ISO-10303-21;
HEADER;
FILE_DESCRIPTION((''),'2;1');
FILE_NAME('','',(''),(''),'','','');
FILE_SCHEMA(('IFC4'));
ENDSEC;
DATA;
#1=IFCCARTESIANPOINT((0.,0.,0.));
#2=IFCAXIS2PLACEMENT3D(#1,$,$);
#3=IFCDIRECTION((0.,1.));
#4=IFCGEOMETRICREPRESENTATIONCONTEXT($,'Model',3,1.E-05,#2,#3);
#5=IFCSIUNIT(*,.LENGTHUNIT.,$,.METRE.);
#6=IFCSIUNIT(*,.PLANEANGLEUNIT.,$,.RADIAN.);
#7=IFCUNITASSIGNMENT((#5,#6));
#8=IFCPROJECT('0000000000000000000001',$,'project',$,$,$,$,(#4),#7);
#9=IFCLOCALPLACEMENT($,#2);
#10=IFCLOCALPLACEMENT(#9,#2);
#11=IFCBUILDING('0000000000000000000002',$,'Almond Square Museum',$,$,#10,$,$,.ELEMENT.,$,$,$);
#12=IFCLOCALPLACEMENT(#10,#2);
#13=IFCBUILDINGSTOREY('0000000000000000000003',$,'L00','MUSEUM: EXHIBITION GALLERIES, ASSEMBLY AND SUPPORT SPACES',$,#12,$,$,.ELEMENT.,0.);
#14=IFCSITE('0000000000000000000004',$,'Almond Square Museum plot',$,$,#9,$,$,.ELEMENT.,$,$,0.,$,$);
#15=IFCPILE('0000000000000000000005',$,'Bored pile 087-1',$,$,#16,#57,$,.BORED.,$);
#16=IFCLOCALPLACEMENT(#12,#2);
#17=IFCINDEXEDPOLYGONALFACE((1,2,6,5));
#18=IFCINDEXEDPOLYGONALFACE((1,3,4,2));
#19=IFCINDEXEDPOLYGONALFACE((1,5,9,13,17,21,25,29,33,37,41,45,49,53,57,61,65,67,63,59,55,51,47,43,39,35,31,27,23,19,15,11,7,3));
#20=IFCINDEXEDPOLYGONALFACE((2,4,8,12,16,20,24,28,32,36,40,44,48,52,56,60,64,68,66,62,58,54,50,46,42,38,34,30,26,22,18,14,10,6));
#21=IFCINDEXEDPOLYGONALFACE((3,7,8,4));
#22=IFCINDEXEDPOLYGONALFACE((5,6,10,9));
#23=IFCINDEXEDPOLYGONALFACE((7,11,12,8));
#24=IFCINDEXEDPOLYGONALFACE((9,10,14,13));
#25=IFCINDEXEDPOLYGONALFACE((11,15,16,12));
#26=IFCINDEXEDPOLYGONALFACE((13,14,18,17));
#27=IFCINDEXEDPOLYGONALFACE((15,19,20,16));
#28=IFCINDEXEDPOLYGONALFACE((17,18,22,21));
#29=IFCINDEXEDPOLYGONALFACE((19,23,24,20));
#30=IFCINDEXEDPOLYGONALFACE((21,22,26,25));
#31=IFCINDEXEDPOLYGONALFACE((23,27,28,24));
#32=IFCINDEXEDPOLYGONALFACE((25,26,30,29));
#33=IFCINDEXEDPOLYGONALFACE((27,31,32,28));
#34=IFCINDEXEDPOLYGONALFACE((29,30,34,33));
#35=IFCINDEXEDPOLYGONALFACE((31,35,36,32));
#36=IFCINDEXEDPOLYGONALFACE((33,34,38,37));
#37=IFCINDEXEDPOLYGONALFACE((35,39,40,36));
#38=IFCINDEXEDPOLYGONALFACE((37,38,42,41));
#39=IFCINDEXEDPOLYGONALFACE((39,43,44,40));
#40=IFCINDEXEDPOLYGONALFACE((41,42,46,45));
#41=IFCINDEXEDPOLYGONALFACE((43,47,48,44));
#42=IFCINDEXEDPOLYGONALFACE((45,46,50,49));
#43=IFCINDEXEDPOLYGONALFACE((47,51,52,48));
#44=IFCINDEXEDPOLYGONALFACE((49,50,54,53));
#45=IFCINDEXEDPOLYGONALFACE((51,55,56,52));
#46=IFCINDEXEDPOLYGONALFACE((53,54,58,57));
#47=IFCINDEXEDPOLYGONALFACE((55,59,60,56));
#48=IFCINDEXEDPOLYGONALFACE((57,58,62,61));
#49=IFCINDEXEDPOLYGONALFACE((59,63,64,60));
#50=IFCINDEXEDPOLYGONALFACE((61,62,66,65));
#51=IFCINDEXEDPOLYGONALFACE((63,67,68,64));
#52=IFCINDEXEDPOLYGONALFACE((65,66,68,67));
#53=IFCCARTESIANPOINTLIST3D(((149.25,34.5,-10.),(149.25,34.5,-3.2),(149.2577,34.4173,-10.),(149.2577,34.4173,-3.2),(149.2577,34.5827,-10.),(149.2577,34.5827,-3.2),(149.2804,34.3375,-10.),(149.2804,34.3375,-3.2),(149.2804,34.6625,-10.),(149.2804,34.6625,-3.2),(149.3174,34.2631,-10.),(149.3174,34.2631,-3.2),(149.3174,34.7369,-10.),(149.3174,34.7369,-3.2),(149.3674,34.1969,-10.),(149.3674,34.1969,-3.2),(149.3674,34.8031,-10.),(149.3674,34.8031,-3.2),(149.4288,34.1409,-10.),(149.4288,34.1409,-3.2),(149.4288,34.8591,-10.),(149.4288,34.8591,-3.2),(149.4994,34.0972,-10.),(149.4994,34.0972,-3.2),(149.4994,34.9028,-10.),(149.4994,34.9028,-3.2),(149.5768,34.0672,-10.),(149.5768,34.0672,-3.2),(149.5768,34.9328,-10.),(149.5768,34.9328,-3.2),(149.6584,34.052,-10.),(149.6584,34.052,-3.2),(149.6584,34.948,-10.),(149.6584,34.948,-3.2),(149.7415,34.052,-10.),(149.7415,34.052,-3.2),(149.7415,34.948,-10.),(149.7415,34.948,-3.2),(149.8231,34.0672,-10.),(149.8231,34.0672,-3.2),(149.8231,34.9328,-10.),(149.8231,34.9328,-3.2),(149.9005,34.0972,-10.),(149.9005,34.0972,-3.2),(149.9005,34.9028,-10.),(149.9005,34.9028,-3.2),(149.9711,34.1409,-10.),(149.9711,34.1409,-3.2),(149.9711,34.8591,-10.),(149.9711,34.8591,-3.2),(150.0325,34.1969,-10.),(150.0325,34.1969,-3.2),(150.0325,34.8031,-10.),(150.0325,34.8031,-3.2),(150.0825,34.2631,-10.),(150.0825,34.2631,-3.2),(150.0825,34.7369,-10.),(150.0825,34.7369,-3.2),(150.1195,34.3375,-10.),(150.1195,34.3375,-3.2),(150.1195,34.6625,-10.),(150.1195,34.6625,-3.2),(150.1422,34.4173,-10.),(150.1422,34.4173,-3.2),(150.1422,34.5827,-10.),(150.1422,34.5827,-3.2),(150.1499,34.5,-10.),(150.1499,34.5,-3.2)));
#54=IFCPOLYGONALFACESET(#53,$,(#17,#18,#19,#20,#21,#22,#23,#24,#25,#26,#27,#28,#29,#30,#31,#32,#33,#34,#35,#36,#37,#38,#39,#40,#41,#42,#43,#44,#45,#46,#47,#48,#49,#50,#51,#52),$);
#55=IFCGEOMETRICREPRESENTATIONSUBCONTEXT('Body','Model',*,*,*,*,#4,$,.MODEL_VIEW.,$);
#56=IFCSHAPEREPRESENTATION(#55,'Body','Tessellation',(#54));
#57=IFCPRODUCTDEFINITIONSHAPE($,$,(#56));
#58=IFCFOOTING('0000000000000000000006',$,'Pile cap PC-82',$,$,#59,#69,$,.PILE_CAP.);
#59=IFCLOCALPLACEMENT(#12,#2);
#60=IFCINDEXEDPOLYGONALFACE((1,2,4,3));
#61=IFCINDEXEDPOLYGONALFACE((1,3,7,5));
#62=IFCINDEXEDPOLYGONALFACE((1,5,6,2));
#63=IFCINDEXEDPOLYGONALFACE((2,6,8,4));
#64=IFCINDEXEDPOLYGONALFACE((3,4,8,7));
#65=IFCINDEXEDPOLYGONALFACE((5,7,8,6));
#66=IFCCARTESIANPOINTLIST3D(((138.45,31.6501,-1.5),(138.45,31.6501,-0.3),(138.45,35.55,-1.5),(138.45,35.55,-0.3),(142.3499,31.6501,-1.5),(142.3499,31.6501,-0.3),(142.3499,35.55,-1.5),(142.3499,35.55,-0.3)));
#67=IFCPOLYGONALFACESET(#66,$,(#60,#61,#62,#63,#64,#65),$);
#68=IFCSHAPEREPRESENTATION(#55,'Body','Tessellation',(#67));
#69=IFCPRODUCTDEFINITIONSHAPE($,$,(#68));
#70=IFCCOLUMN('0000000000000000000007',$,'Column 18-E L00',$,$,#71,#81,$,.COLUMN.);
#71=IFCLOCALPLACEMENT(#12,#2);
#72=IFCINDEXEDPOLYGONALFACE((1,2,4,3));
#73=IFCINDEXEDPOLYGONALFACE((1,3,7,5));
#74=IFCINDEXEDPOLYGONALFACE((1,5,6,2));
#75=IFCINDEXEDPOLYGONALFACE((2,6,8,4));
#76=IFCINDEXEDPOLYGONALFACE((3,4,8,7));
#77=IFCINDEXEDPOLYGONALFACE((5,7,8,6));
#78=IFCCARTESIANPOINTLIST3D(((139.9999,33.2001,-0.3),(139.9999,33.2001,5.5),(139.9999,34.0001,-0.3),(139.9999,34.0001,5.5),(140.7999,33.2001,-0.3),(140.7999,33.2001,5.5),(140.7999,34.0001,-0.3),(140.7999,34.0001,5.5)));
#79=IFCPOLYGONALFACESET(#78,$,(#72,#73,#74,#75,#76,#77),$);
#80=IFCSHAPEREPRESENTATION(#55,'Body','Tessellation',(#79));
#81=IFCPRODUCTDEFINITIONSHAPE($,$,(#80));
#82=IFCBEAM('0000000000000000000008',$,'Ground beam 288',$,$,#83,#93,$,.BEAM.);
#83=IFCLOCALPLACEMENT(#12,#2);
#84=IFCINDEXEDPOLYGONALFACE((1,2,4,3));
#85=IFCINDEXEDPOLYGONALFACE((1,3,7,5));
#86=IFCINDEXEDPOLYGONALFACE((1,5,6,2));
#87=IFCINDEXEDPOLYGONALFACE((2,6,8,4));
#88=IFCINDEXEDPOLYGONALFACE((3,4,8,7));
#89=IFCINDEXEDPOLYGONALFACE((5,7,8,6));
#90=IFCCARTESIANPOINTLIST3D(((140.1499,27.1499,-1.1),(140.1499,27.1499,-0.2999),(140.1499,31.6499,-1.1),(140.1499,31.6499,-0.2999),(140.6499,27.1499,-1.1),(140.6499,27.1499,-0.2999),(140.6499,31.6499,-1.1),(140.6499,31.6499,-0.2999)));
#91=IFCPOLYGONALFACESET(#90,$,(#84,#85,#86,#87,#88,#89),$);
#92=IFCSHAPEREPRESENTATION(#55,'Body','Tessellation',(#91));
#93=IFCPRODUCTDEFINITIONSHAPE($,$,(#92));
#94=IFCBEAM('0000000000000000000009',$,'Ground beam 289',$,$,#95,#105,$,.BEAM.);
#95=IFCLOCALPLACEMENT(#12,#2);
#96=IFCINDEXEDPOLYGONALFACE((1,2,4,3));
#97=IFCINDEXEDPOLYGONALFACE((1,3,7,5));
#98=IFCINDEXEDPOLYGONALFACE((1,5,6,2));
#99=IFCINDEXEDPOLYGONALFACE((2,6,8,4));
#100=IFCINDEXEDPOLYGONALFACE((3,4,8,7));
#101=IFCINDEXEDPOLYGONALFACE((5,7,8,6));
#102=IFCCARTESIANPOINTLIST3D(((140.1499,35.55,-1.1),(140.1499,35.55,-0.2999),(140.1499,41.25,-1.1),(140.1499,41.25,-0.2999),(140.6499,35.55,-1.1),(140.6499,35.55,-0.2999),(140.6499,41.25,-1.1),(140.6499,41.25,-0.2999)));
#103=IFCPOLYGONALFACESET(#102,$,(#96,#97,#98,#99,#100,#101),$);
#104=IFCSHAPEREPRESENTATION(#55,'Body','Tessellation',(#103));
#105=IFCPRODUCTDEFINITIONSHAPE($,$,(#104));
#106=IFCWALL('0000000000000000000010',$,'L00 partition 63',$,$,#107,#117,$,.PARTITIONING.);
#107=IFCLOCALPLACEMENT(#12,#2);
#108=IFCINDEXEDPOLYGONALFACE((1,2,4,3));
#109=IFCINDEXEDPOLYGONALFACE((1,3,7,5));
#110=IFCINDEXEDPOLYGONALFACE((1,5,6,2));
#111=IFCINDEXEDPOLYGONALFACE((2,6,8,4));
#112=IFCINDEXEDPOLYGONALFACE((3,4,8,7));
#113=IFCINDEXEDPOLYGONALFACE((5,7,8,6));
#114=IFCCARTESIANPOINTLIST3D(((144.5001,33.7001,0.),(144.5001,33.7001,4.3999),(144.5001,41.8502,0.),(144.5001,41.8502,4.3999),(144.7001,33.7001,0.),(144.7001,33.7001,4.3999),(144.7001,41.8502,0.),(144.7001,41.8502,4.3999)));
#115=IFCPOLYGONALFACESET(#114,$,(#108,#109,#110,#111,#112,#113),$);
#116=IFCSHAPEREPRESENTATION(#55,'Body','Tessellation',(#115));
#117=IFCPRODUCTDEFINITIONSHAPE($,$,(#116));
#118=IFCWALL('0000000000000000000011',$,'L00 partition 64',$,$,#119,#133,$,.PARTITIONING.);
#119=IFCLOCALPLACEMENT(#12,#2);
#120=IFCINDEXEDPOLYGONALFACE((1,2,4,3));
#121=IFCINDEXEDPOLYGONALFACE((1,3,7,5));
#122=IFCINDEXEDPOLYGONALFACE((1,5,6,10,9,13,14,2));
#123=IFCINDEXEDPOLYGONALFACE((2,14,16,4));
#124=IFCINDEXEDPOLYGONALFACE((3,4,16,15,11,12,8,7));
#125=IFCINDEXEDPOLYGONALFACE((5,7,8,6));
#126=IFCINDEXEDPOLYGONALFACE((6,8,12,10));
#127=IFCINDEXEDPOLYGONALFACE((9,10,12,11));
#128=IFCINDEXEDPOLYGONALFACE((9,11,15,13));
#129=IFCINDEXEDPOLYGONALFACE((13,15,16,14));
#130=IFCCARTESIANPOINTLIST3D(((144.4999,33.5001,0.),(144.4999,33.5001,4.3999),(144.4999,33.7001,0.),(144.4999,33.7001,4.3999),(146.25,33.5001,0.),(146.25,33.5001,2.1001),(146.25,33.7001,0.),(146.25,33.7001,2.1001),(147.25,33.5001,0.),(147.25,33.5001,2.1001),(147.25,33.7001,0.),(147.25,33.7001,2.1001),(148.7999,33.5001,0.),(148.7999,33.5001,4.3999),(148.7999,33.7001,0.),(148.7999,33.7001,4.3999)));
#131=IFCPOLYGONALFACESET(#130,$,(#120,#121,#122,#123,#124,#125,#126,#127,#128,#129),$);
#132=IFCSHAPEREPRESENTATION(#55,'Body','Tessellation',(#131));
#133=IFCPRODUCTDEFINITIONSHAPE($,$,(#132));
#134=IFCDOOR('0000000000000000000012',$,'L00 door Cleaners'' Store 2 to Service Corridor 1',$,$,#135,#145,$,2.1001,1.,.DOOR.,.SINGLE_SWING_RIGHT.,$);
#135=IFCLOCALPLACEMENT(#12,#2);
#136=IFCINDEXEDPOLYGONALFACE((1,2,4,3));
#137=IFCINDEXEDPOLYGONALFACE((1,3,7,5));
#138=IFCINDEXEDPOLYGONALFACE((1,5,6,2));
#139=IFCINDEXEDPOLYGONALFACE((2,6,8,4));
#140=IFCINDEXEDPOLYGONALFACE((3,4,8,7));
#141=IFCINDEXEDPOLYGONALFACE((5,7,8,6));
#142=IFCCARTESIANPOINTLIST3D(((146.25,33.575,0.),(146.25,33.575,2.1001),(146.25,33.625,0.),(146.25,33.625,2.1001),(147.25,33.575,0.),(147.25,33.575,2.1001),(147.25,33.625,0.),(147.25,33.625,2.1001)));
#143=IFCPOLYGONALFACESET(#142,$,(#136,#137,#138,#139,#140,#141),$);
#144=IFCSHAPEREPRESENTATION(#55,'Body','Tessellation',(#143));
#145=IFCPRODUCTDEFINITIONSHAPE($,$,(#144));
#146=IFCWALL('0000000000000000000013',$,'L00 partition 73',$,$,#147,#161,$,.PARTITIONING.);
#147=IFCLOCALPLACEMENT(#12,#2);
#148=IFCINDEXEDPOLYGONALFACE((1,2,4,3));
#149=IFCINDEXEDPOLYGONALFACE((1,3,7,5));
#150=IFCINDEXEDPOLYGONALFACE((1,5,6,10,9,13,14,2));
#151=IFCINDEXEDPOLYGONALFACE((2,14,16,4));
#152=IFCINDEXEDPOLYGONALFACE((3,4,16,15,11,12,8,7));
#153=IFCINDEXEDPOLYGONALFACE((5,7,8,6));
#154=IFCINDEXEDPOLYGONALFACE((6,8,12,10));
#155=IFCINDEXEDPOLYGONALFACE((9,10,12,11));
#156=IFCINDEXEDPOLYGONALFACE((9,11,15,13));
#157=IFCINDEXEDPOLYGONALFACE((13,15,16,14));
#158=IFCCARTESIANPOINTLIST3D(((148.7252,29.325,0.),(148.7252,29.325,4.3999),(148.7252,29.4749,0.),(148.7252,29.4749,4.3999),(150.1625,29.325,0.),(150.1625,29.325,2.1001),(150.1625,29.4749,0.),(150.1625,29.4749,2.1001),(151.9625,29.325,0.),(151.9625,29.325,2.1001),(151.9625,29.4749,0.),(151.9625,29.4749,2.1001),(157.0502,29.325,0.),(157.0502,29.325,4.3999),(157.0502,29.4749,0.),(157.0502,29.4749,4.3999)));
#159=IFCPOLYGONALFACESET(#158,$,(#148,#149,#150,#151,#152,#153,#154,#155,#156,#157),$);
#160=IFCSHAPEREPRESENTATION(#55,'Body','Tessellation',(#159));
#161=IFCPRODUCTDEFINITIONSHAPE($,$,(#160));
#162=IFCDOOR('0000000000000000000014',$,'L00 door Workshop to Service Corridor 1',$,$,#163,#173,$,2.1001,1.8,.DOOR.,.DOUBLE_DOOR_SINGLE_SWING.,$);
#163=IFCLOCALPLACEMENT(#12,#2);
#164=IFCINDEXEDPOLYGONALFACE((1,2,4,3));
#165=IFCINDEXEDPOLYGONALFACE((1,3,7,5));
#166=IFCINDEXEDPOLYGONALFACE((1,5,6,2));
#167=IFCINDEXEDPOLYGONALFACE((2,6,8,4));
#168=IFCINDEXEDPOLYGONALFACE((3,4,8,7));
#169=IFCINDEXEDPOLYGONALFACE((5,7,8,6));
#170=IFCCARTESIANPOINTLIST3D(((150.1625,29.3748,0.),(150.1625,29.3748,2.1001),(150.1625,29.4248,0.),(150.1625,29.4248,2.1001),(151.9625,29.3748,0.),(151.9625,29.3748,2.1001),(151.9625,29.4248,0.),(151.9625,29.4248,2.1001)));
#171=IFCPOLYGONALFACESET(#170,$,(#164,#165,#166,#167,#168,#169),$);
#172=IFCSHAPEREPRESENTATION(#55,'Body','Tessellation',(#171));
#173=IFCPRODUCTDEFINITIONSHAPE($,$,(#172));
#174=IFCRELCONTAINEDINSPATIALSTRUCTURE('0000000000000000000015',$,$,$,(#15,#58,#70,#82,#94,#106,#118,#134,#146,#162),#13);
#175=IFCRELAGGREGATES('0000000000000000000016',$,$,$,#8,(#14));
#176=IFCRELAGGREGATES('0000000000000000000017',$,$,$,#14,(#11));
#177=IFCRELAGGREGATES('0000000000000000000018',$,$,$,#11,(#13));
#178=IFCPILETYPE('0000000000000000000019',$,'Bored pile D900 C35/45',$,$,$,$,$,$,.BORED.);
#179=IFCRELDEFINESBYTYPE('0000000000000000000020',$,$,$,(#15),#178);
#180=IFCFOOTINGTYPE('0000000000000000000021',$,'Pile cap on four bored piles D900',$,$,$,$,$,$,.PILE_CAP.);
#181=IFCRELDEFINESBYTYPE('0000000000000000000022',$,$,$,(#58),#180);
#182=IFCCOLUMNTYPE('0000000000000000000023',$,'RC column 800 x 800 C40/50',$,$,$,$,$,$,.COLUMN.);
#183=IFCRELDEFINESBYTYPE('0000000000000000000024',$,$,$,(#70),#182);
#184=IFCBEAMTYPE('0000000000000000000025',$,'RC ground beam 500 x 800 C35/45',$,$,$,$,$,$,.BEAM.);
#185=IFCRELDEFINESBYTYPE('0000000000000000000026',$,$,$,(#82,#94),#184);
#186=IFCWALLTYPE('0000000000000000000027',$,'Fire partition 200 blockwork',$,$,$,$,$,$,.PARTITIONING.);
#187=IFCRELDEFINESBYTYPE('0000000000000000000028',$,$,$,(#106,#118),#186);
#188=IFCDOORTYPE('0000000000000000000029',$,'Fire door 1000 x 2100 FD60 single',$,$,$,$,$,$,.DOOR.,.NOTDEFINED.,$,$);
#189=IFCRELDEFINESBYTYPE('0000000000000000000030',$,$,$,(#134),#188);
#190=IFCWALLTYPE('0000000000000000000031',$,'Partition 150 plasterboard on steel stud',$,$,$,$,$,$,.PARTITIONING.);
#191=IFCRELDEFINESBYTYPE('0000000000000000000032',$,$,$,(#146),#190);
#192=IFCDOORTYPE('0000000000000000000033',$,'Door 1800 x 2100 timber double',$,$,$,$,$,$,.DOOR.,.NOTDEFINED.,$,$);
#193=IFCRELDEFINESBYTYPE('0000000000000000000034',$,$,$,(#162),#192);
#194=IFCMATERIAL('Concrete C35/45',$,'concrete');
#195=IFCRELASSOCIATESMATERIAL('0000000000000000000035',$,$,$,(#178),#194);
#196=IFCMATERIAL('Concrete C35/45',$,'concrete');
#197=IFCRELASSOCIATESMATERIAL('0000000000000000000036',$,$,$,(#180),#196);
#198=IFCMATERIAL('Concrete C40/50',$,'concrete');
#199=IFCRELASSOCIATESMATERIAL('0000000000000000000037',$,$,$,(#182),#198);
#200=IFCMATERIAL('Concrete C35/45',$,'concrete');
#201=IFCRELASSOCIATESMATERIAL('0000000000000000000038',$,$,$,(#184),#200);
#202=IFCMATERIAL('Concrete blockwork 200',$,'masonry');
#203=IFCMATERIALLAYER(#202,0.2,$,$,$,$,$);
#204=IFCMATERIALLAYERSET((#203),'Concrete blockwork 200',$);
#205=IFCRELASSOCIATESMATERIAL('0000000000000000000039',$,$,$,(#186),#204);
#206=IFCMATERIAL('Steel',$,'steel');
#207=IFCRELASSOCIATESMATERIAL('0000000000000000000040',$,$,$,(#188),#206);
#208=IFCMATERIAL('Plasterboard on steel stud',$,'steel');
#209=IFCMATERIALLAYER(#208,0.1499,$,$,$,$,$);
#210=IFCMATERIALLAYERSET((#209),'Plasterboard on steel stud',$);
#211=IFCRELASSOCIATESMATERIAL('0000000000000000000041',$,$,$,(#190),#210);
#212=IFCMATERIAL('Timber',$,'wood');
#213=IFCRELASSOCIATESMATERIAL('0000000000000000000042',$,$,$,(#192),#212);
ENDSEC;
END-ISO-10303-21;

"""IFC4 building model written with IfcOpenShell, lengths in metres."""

from ifc_helpers import new_model, si_unit, direction, frame, frame_2d, origin, origin_2d, place, context, subcontext, project, spatial, rectangle, circle, extrude, material, layer, layer_set, material_profile, profile_set, type_object, element, fill, save


model = new_model("IFC4")

# Units and contexts
model_context = context("Model", 3, precision=1e-05, world=origin(), true_north=direction((0.0, 1.0)))
body_context = subcontext(model_context, "Body", "Model", "MODEL_VIEW")
ifc_project = project(units=[si_unit("LENGTHUNIT", "METRE"), si_unit("PLANEANGLEUNIT", "RADIAN")], contexts=[model_context])

# Site, building, storey
site_placement = place(None, origin())
site = spatial("IfcSite", under=ifc_project, at=site_placement, Name="Almond Square Museum plot", CompositionType="ELEMENT", RefElevation=0.0)
building_placement = place(site_placement, origin())
building = spatial("IfcBuilding", under=site, at=building_placement, Name="Almond Square Museum", CompositionType="ELEMENT")
storey_placement = place(building_placement, origin())
storey = spatial("IfcBuildingStorey", under=building, at=storey_placement, Name="L00", Description="MUSEUM: EXHIBITION GALLERIES, ASSEMBLY AND SUPPORT SPACES", CompositionType="ELEMENT", Elevation=0.0)

# Pile
ifc_material_1 = material(Name="Concrete C35/45", Category="concrete")
ifc_material_profile_1 = material_profile(ifc_material_1, circle(Radius=0.45, at=origin_2d()))
ifc_profile_set_1 = profile_set([ifc_material_profile_1], Name="Concrete C35/45")
pile_type = type_object("IfcPileType", Name="Bored pile D900 C35/45", PredefinedType="BORED", material=ifc_profile_set_1)
pile_placement = place(storey_placement, frame((149.7, 34.5, -3.2), z_axis=(0.0, 0.0, -1.0), x_axis=(1.0, 0.0, 0.0)))
element("IfcPile", 1, at=pile_placement, inside=storey, type_object=pile_type, Name="Bored pile 087-1", PredefinedType="BORED", context=body_context, shape_type="SweptSolid", body=[
    extrude(circle(Radius=0.45, at=origin_2d()), origin(), (0.0, 0.0, 1.0), 6.8),
])

# Footing
ifc_material_2 = material(Name="Concrete C35/45", Category="concrete")
footing_type = type_object("IfcFootingType", Name="Pile cap on four bored piles D900", PredefinedType="PILE_CAP", material=ifc_material_2)
footing_placement = place(storey_placement, frame((140.3999, 33.6001, -1.5), z_axis=(0.0, 0.0, 1.0), x_axis=(1.0, 0.0, 0.0)))
element("IfcFooting", 2, at=footing_placement, inside=storey, type_object=footing_type, Name="Pile cap PC-82", PredefinedType="PILE_CAP", context=body_context, shape_type="SweptSolid", body=[
    extrude(rectangle(XDim=3.8999, YDim=3.8999, at=origin_2d()), origin(), (0.0, 0.0, 1.0), 1.2),
])

# Column
ifc_material_3 = material(Name="Concrete C40/50", Category="concrete")
ifc_material_profile_2 = material_profile(ifc_material_3, rectangle(XDim=0.8, YDim=0.8, at=origin_2d()))
ifc_profile_set_2 = profile_set([ifc_material_profile_2], Name="Concrete C40/50")
column_type = type_object("IfcColumnType", Name="RC column 800 x 800 C40/50", PredefinedType="COLUMN", material=ifc_profile_set_2)
column_placement = place(storey_placement, frame((140.3999, 33.6001, -0.3), z_axis=(0.0, 0.0, 1.0), x_axis=(1.0, 0.0, 0.0)))
element("IfcColumn", 3, at=column_placement, inside=storey, type_object=column_type, Name="Column 18-E L00", PredefinedType="COLUMN", context=body_context, shape_type="SweptSolid", body=[
    extrude(rectangle(XDim=0.8, YDim=0.8, at=origin_2d()), origin(), (0.0, 0.0, 1.0), 5.8),
])

# Beams
ifc_material_4 = material(Name="Concrete C35/45", Category="concrete")
ifc_material_profile_3 = material_profile(ifc_material_4, rectangle(XDim=0.5, YDim=0.8, at=origin_2d()))
ifc_profile_set_3 = profile_set([ifc_material_profile_3], Name="Concrete C35/45")
beam_type = type_object("IfcBeamType", Name="RC ground beam 500 x 800 C35/45", PredefinedType="BEAM", material=ifc_profile_set_3)
beam_1_placement = place(storey_placement, frame((140.3999, 27.1499, -0.7), z_axis=(0.0, 1.0, 0.0), x_axis=(-1.0, 0.0, 0.0)))
element("IfcBeam", 4, at=beam_1_placement, inside=storey, type_object=beam_type, Name="Ground beam 288", PredefinedType="BEAM", context=body_context, shape_type="SweptSolid", body=[
    extrude(rectangle(XDim=0.5, YDim=0.8, at=origin_2d()), origin(), (0.0, 0.0, 1.0), 4.5),
])
beam_2_placement = place(storey_placement, frame((140.3999, 35.55, -0.7), z_axis=(0.0, 1.0, 0.0), x_axis=(-1.0, 0.0, 0.0)))
element("IfcBeam", 5, at=beam_2_placement, inside=storey, type_object=beam_type, Name="Ground beam 289", PredefinedType="BEAM", context=body_context, shape_type="SweptSolid", body=[
    extrude(rectangle(XDim=0.5, YDim=0.8, at=origin_2d()), origin(), (0.0, 0.0, 1.0), 5.7),
])

# Wall
ifc_material_5 = material(Name="Concrete blockwork 200", Category="masonry")
ifc_layer_1 = layer(ifc_material_5, 0.2)
ifc_layer_set_1 = layer_set([ifc_layer_1], Name="Concrete blockwork 200")
wall_type_1 = type_object("IfcWallType", Name="Fire partition 200 blockwork", PredefinedType="PARTITIONING", material=ifc_layer_set_1)
wall_1_placement = place(storey_placement, frame((144.6001, 33.7, 0.0), z_axis=(0.0, 0.0, 1.0), x_axis=(0.0, 1.0, 0.0)))
element("IfcWall", 6, at=wall_1_placement, inside=storey, type_object=wall_type_1, Name="L00 partition 63", PredefinedType="PARTITIONING", context=body_context, shape_type="SweptSolid", body=[
    extrude(rectangle(XDim=8.1501, YDim=0.2, at=frame_2d((4.0752, 0.0))), origin(), (0.0, 0.0, 1.0), 4.3999),
])

# Walls, openings, doors
wall_2_placement = place(storey_placement, frame((144.5, 33.6001, 0.0), z_axis=(0.0, 0.0, 1.0), x_axis=(1.0, 0.0, 0.0)))
wall_2 = element("IfcWall", 7, at=wall_2_placement, inside=storey, type_object=wall_type_1, Name="L00 partition 64", PredefinedType="PARTITIONING", context=body_context, shape_type="SweptSolid", body=[
    extrude(rectangle(XDim=4.3, YDim=0.2, at=frame_2d((2.1499, 0.0))), origin(), (0.0, 0.0, 1.0), 4.3999),
])
opening_1_placement = place(wall_2_placement, frame((1.75, 0.0, 0.0)))
opening_1 = element("IfcOpeningElement", 8, at=opening_1_placement, cuts=wall_2, PredefinedType="OPENING", context=body_context, shape_type="SweptSolid", body=[
    extrude(rectangle(XDim=1.0, YDim=2.1001, at=frame_2d((0.5, 1.05))), frame((0.0, 0.1099, 0.0), z_axis=(0.0, -1.0, 0.0), x_axis=(1.0, 0.0, 0.0)), (0.0, 0.0, 1.0), 0.22),
])
ifc_material_6 = material(Name="Steel", Category="steel")
door_type_1 = type_object("IfcDoorType", Name="Fire door 1000 x 2100 FD60 single", OperationType="NOTDEFINED", PredefinedType="DOOR", material=ifc_material_6)
door_1_placement = place(opening_1_placement, origin())
door_1 = element("IfcDoor", 9, at=door_1_placement, inside=storey, type_object=door_type_1, Name="L00 door Cleaners' Store 2 to Service Corridor 1", OperationType="SINGLE_SWING_RIGHT", OverallHeight=2.1001, OverallWidth=1.0, PredefinedType="DOOR", context=body_context, shape_type="SweptSolid", body=[
    extrude(rectangle(XDim=1.0, YDim=2.1001, at=frame_2d((0.5, 1.05))), frame((0.0, 0.0249, 0.0), z_axis=(0.0, -1.0, 0.0), x_axis=(1.0, 0.0, 0.0)), (0.0, 0.0, 1.0), 0.05),
])
fill(opening_1, door_1)
ifc_material_7 = material(Name="Plasterboard on steel stud", Category="steel")
ifc_layer_2 = layer(ifc_material_7, 0.1499)
ifc_layer_set_2 = layer_set([ifc_layer_2], Name="Plasterboard on steel stud")
wall_type_2 = type_object("IfcWallType", Name="Partition 150 plasterboard on steel stud", PredefinedType="PARTITIONING", material=ifc_layer_set_2)
wall_3_placement = place(storey_placement, frame((148.7251, 29.3999, 0.0), z_axis=(0.0, 0.0, 1.0), x_axis=(1.0, 0.0, 0.0)))
wall_3 = element("IfcWall", 10, at=wall_3_placement, inside=storey, type_object=wall_type_2, Name="L00 partition 73", PredefinedType="PARTITIONING", context=body_context, shape_type="SweptSolid", body=[
    extrude(rectangle(XDim=8.325, YDim=0.1499, at=frame_2d((4.1626, 0.0))), origin(), (0.0, 0.0, 1.0), 4.3999),
])
opening_2_placement = place(wall_3_placement, frame((1.4375, 0.0, 0.0)))
opening_2 = element("IfcOpeningElement", 11, at=opening_2_placement, cuts=wall_3, PredefinedType="OPENING", context=body_context, shape_type="SweptSolid", body=[
    extrude(rectangle(XDim=1.8, YDim=2.1001, at=frame_2d((0.8999, 1.05))), frame((0.0, 0.085, 0.0), z_axis=(0.0, -1.0, 0.0), x_axis=(1.0, 0.0, 0.0)), (0.0, 0.0, 1.0), 0.1699),
])
ifc_material_8 = material(Name="Timber", Category="wood")
door_type_2 = type_object("IfcDoorType", Name="Door 1800 x 2100 timber double", OperationType="NOTDEFINED", PredefinedType="DOOR", material=ifc_material_8)
door_2_placement = place(opening_2_placement, origin())
door_2 = element("IfcDoor", 12, at=door_2_placement, inside=storey, type_object=door_type_2, Name="L00 door Workshop to Service Corridor 1", OperationType="DOUBLE_DOOR_SINGLE_SWING", OverallHeight=2.1001, OverallWidth=1.8, PredefinedType="DOOR", context=body_context, shape_type="SweptSolid", body=[
    extrude(rectangle(XDim=1.8, YDim=2.1001, at=frame_2d((0.8999, 1.05))), frame((0.0, 0.0249, 0.0), z_axis=(0.0, -1.0, 0.0), x_axis=(1.0, 0.0, 0.0)), (0.0, 0.0, 1.0), 0.05),
])
fill(opening_2, door_2)

save(model, "model.ifc")
